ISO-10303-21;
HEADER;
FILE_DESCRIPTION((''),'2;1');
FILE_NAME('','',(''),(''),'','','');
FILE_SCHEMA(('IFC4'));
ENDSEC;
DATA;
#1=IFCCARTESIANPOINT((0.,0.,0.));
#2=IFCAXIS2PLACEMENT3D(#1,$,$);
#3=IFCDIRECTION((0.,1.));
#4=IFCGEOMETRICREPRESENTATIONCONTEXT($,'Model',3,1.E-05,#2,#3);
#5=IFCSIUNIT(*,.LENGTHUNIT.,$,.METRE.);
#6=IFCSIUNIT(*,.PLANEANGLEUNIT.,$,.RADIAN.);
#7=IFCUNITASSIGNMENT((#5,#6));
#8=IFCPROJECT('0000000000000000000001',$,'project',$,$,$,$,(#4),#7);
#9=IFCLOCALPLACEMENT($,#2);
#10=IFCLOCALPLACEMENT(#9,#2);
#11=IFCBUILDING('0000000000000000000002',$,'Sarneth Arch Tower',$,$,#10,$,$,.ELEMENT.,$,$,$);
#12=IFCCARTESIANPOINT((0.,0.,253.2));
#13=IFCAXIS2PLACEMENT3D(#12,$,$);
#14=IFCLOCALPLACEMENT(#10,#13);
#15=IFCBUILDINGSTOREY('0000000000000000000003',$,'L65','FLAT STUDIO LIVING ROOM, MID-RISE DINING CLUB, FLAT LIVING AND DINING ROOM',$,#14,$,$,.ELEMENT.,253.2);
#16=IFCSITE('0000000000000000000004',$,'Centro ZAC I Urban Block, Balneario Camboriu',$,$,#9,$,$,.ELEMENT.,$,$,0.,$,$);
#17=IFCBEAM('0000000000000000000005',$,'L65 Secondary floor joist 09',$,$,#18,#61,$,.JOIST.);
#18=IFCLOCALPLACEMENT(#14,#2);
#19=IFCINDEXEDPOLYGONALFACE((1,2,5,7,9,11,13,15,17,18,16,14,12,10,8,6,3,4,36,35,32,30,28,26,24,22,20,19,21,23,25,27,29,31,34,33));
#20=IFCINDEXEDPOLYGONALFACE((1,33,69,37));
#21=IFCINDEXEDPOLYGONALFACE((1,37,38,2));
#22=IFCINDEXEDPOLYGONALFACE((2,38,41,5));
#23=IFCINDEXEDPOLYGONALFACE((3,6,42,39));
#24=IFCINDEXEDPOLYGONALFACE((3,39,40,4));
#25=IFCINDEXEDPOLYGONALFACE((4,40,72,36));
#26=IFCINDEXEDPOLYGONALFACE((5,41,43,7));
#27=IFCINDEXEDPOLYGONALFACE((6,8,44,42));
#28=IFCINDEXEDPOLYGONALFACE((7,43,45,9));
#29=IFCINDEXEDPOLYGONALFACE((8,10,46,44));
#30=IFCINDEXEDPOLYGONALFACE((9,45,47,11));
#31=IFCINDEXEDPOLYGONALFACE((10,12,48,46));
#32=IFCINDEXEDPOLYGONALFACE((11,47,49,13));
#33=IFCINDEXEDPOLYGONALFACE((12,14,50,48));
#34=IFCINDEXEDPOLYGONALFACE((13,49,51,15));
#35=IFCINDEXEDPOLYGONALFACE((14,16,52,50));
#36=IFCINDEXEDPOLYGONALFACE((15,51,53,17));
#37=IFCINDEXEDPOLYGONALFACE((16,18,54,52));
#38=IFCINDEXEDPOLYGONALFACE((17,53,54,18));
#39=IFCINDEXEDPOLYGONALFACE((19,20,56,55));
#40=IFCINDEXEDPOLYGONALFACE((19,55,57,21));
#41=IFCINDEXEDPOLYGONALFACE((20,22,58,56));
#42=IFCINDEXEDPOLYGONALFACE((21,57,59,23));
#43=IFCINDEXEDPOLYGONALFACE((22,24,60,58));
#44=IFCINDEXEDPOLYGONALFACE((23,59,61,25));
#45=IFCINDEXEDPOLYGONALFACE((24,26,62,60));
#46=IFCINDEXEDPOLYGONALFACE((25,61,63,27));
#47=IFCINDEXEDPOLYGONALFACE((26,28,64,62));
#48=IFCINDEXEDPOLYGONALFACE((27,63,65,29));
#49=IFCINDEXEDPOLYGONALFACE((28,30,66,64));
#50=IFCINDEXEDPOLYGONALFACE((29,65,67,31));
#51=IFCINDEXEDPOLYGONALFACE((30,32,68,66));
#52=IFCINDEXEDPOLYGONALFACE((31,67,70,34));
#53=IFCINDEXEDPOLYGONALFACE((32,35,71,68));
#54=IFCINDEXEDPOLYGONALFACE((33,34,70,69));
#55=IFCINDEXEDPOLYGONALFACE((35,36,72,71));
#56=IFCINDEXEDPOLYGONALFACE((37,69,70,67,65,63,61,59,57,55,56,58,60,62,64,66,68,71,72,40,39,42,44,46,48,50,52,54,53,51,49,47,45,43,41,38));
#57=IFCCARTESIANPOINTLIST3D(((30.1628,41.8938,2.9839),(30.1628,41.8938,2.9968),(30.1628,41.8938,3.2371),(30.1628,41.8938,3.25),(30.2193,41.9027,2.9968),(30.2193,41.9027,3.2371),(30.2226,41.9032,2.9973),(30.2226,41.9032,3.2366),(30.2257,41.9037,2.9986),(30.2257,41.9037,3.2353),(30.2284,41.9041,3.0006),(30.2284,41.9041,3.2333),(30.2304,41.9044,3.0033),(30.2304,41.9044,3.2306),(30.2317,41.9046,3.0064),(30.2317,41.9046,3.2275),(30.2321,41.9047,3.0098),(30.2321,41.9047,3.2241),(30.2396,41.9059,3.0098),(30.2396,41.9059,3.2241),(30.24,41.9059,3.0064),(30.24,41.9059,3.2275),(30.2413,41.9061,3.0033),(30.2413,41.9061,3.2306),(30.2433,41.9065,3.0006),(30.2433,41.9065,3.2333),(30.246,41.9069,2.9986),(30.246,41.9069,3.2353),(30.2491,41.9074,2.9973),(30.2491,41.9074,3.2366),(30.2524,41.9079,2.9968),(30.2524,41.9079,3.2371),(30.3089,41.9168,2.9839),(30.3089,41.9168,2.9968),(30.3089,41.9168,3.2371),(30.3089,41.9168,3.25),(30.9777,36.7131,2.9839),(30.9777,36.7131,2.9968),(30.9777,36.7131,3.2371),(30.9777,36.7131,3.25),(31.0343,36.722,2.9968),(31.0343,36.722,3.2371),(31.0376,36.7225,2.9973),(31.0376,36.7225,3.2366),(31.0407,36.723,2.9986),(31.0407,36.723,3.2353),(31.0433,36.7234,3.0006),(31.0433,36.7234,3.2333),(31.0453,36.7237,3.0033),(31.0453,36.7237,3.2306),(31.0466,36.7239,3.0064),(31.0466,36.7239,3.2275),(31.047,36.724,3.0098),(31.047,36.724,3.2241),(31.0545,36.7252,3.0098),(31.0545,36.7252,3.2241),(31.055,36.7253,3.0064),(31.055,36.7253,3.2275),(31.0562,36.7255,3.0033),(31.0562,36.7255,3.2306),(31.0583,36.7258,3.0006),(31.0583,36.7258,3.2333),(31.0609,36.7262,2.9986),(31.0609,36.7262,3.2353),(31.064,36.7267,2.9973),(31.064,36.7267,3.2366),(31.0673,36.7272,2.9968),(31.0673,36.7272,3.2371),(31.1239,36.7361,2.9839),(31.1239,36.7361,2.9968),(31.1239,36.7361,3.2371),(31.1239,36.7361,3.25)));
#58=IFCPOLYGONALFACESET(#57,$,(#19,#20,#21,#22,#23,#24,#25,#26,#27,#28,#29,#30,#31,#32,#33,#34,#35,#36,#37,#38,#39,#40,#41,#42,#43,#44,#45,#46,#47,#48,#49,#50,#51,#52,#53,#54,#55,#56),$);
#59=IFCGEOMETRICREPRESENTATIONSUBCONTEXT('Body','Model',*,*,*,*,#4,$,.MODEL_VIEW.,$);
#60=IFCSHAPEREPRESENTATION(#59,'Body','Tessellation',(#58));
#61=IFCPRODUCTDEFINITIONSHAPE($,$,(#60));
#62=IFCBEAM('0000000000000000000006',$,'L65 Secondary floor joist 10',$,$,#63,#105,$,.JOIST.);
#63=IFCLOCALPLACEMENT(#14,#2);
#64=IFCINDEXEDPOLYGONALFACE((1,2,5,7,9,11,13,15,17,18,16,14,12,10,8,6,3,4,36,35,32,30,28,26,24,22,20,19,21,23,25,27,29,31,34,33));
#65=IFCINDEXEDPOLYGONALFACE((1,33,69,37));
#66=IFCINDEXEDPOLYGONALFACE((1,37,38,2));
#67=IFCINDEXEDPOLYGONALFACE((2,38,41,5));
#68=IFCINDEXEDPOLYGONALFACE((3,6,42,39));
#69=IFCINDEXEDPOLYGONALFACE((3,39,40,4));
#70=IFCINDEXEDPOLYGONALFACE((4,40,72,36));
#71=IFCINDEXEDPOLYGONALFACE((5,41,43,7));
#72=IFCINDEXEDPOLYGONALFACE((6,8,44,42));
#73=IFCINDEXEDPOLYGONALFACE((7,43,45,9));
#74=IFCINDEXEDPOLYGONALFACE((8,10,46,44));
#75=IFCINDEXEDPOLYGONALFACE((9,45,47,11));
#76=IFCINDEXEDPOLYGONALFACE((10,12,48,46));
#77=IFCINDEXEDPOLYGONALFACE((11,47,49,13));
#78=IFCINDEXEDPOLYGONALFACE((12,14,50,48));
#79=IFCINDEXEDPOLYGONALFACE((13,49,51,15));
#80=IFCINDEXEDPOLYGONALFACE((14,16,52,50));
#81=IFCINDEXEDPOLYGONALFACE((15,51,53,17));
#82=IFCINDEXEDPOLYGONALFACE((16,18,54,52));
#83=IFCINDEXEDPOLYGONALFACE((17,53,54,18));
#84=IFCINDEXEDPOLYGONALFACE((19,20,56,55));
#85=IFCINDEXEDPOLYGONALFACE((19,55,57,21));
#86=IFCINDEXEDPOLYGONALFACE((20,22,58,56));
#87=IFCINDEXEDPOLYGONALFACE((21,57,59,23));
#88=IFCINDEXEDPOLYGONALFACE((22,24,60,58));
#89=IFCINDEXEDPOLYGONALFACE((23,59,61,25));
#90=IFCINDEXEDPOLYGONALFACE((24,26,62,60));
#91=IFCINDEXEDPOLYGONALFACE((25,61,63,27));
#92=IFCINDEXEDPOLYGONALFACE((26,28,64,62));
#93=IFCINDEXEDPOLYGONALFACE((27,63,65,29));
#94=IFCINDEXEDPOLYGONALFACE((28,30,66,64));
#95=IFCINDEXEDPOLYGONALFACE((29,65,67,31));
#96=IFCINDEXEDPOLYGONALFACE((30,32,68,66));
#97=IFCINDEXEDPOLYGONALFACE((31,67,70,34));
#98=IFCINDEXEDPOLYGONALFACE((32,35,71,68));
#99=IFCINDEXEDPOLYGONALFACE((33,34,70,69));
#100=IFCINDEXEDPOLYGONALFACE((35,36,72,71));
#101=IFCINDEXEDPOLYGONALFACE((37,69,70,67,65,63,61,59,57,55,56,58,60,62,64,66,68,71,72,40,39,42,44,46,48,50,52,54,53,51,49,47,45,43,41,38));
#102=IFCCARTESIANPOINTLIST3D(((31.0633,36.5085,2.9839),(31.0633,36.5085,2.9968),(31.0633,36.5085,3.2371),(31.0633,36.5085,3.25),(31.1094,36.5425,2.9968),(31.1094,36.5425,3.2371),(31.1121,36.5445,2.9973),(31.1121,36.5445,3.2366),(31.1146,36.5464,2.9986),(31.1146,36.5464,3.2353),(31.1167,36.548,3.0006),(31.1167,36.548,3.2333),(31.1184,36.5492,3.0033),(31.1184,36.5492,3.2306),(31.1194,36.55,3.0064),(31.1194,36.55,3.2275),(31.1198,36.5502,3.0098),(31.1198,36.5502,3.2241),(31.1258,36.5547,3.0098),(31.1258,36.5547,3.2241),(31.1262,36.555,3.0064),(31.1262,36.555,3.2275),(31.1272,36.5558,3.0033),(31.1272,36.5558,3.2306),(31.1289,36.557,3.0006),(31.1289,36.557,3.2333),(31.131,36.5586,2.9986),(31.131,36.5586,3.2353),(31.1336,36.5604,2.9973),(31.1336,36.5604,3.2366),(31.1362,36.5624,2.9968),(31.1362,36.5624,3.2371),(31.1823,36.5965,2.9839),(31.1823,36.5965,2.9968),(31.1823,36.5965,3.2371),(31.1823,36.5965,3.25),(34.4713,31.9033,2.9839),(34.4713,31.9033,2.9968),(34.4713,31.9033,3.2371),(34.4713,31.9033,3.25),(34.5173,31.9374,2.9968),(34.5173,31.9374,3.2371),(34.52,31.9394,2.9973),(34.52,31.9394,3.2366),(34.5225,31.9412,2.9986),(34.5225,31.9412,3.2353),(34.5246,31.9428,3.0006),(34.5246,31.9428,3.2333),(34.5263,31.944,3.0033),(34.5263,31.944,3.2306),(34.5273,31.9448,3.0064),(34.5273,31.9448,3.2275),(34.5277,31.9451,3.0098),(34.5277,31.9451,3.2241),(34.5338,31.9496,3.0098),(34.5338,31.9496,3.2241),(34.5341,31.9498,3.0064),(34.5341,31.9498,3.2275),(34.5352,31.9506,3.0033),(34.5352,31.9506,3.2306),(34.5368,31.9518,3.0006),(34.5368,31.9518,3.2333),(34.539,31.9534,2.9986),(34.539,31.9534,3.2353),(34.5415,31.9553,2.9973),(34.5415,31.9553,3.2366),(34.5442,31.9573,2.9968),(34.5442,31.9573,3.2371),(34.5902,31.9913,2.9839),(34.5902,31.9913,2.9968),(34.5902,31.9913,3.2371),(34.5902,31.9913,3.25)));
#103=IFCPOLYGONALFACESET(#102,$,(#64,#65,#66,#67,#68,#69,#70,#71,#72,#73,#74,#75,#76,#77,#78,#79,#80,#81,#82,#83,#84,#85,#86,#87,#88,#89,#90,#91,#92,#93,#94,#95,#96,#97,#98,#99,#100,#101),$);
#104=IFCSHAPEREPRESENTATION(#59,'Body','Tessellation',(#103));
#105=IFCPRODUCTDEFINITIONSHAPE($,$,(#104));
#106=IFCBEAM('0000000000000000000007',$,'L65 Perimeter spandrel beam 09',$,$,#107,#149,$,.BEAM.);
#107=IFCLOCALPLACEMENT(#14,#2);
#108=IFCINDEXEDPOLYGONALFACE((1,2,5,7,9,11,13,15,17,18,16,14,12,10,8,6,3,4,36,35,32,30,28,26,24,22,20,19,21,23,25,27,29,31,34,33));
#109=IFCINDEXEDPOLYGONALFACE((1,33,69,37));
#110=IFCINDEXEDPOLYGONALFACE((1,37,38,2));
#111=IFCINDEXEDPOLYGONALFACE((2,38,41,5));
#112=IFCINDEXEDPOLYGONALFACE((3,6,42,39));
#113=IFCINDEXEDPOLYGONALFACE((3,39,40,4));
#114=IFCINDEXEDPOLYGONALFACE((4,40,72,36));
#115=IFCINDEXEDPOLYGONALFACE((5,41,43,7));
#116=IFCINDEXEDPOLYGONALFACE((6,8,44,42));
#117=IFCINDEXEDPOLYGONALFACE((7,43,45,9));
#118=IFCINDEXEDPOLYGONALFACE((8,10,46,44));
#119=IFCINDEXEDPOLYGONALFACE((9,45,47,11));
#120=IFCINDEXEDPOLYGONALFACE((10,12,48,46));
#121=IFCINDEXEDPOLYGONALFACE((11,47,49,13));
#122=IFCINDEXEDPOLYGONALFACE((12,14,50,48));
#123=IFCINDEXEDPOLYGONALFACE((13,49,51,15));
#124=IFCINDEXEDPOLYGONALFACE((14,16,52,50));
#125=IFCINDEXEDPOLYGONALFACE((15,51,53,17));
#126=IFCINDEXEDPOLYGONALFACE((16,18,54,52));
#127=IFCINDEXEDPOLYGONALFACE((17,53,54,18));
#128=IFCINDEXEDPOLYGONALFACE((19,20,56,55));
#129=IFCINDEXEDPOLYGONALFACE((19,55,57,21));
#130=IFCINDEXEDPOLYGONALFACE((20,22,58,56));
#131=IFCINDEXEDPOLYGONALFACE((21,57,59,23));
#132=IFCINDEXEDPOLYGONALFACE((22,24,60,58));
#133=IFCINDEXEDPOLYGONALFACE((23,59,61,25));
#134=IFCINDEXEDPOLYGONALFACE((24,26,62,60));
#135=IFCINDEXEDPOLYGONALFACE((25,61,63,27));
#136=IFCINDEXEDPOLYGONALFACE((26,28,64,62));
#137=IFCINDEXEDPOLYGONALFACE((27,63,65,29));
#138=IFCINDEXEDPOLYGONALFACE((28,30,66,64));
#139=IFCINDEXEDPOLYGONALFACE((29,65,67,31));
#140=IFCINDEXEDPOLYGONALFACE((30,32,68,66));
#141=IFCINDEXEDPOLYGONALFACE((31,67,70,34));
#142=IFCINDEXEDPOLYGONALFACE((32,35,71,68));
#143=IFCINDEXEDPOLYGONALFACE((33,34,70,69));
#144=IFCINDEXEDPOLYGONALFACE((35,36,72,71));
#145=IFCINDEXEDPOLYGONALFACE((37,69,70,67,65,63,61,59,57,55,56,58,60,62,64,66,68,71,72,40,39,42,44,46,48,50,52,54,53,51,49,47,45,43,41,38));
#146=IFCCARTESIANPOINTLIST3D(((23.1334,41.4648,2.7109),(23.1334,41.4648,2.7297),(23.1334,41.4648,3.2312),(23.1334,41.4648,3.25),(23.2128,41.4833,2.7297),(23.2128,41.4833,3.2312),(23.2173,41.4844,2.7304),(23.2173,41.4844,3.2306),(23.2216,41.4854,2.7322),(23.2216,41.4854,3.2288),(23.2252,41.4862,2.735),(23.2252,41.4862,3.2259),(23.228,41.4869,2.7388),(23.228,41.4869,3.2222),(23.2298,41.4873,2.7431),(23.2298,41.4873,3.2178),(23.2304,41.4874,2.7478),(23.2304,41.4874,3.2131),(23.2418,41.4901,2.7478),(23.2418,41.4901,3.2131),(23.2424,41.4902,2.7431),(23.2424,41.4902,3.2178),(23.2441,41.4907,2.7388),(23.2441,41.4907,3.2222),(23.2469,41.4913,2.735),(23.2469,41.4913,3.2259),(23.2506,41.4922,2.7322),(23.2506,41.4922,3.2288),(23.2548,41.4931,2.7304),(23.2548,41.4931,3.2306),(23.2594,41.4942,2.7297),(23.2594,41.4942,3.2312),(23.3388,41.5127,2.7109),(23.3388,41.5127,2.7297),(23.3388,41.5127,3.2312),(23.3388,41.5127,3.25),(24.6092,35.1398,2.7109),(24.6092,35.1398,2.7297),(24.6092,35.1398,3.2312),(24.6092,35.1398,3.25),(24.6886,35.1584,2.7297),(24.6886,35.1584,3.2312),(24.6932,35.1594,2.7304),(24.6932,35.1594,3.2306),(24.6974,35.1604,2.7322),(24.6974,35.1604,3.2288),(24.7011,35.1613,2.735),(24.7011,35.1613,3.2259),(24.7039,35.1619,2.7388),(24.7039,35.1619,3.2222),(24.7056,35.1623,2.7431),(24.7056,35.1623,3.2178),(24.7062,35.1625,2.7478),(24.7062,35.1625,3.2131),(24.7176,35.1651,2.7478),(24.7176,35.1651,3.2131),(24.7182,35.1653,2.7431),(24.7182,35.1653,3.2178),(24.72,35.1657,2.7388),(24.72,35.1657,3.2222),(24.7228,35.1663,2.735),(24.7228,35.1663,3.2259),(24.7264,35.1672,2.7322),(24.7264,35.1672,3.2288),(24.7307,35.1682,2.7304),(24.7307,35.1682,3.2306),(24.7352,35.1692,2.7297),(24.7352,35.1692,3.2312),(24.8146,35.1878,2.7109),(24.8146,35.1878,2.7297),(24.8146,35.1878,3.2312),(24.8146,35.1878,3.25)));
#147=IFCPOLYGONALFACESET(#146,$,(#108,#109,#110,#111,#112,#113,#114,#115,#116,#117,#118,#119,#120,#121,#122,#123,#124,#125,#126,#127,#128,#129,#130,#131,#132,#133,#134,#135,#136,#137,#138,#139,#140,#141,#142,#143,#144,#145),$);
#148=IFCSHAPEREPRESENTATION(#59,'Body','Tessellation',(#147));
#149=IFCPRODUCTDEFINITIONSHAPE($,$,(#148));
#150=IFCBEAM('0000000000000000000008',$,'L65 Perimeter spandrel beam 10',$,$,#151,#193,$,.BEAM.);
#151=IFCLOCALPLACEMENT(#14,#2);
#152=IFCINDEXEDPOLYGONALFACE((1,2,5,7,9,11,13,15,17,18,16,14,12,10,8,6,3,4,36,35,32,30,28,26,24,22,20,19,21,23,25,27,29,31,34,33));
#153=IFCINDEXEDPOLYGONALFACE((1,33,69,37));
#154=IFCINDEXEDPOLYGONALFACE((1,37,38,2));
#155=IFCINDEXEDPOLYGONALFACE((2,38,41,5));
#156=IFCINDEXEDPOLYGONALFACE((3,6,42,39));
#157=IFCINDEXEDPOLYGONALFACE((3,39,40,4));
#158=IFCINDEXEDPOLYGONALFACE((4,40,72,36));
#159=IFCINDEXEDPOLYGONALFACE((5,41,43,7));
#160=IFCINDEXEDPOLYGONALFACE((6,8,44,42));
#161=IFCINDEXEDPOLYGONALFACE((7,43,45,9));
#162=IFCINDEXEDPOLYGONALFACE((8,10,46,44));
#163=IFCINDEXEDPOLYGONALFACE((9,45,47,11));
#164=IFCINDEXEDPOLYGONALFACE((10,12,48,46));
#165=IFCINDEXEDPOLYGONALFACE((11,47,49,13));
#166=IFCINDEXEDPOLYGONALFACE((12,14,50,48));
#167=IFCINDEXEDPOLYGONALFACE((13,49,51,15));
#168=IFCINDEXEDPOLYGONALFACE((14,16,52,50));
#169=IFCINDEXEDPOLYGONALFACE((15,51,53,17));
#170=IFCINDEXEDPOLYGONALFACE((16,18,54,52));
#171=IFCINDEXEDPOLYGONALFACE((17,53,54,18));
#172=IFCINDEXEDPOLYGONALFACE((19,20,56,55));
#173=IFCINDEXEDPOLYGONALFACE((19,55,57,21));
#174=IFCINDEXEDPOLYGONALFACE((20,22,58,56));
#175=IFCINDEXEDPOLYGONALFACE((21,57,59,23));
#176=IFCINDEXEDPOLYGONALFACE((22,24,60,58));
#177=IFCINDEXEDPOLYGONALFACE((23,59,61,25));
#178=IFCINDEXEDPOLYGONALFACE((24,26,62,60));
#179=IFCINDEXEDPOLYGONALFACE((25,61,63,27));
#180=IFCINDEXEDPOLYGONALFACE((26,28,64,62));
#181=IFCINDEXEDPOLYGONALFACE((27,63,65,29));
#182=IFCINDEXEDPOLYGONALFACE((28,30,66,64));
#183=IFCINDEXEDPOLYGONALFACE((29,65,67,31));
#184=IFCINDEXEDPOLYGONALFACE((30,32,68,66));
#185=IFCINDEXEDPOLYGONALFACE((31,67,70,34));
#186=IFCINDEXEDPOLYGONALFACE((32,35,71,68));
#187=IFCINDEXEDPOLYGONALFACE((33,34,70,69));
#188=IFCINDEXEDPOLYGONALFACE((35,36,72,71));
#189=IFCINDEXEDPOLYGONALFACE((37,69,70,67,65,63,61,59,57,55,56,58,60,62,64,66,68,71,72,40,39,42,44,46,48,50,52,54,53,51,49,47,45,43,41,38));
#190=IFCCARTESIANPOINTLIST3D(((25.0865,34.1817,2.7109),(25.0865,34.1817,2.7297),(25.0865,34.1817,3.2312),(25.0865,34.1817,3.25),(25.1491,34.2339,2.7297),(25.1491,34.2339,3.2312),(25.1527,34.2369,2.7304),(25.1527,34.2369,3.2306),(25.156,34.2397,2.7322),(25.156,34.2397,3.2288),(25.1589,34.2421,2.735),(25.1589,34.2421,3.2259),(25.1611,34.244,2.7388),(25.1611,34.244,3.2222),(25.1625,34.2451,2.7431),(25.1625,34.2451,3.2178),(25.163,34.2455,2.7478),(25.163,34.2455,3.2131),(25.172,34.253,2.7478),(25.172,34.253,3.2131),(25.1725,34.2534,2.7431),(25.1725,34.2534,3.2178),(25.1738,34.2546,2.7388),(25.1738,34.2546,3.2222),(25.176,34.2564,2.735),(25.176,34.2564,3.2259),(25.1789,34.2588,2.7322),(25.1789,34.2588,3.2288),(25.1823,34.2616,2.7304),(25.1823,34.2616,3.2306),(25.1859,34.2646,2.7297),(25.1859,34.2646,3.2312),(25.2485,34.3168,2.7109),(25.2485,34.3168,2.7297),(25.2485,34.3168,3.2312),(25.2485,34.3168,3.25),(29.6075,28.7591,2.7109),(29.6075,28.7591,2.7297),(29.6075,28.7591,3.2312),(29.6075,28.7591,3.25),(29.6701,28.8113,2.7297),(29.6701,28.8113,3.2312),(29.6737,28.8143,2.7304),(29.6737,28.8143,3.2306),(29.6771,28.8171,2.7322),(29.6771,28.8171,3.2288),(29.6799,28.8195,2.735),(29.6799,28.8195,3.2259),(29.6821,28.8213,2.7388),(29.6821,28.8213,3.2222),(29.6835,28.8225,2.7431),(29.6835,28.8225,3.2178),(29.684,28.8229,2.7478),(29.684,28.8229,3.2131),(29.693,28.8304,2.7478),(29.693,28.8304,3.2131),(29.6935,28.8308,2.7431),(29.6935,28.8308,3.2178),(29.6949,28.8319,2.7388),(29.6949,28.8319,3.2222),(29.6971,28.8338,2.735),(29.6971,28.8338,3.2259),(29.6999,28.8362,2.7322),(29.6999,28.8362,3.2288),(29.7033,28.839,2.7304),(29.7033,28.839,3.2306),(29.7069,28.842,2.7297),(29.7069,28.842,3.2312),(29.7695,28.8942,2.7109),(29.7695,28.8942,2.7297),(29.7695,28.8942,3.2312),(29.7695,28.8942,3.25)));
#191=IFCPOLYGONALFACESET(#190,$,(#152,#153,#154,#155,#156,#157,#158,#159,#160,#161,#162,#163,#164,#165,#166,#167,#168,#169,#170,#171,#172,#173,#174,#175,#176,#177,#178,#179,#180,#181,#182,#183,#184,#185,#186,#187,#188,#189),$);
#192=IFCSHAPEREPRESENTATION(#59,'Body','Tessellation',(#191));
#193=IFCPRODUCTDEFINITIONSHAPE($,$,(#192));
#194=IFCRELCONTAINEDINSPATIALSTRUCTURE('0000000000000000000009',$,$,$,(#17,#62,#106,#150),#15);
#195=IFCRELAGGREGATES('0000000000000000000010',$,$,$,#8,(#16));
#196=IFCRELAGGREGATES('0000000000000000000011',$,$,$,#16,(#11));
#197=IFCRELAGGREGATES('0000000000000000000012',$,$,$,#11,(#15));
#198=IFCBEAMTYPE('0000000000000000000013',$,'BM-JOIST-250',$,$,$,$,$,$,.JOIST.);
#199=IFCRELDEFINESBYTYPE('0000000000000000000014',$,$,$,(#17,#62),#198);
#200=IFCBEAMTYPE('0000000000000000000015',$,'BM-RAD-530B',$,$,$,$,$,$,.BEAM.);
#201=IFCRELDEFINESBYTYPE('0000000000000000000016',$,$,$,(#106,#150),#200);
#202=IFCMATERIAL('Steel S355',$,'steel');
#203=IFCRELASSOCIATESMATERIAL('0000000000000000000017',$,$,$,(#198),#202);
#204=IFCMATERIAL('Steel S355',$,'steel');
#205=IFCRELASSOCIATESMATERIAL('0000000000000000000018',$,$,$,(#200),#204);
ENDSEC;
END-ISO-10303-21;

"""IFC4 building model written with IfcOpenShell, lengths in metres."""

from ifc_helpers import new_model, si_unit, direction, frame, origin, origin_2d, place, context, subcontext, project, spatial, i_section, extrude, material, material_profile, profile_set, type_object, element, save


model = new_model("IFC4")

# Units and contexts
model_context = context("Model", 3, precision=1e-05, world=origin(), true_north=direction((0.0, 1.0)))
body_context = subcontext(model_context, "Body", "Model", "MODEL_VIEW")
ifc_project = project(units=[si_unit("LENGTHUNIT", "METRE"), si_unit("PLANEANGLEUNIT", "RADIAN")], contexts=[model_context])

# Site, building, storey
site_placement = place(None, origin())
site = spatial("IfcSite", under=ifc_project, at=site_placement, Name="Centro ZAC I Urban Block, Balneario Camboriu", CompositionType="ELEMENT", RefElevation=0.0)
building_placement = place(site_placement, origin())
building = spatial("IfcBuilding", under=site, at=building_placement, Name="Sarneth Arch Tower", CompositionType="ELEMENT")
storey_placement = place(building_placement, frame((0.0, 0.0, 253.2)))
storey = spatial("IfcBuildingStorey", under=building, at=storey_placement, Name="L65", Description="FLAT STUDIO LIVING ROOM, MID-RISE DINING CLUB, FLAT LIVING AND DINING ROOM", CompositionType="ELEMENT", Elevation=253.2)

# Beams
ifc_material_1 = material(Name="Steel S355", Category="steel")
ifc_material_profile_1 = material_profile(ifc_material_1, i_section(OverallWidth=0.1479, OverallDepth=0.2661, WebThickness=0.0076, FlangeThickness=0.0129, FilletRadius=0.0129, at=origin_2d()), Name="W250x44.8")
ifc_profile_set_1 = profile_set([ifc_material_profile_1], Name="Steel S355")
beam_type_1 = type_object("IfcBeamType", Name="BM-JOIST-250", PredefinedType="JOIST", material=ifc_profile_set_1)
beam_1_placement = place(storey_placement, frame((30.2358, 41.9053, 3.1169), z_axis=(0.155394, -0.987853, 0.0), x_axis=(0.987853, 0.155394, 0.0)))
element("IfcBeam", 1, at=beam_1_placement, inside=storey, type_object=beam_type_1, Name="L65 Secondary floor joist 09", PredefinedType="JOIST", context=body_context, shape_type="SweptSolid", body=[
    extrude(i_section(OverallWidth=0.1479, OverallDepth=0.2661, WebThickness=0.0076, FlangeThickness=0.0129, FilletRadius=0.0129, at=origin_2d()), origin(), (0.0, 0.0, 1.0), 5.2444),
])
beam_2_placement = place(storey_placement, frame((31.1228, 36.5525, 3.1169), z_axis=(0.594853, -0.803834, 0.0), x_axis=(0.803834, 0.594853, 0.0)))
element("IfcBeam", 2, at=beam_2_placement, inside=storey, type_object=beam_type_1, Name="L65 Secondary floor joist 10", PredefinedType="JOIST", context=body_context, shape_type="SweptSolid", body=[
    extrude(i_section(OverallWidth=0.1479, OverallDepth=0.2661, WebThickness=0.0076, FlangeThickness=0.0129, FilletRadius=0.0129, at=origin_2d()), origin(), (0.0, 0.0, 1.0), 5.729),
])
ifc_material_2 = material(Name="Steel S355", Category="steel")
ifc_material_profile_2 = material_profile(ifc_material_2, i_section(OverallWidth=0.2109, OverallDepth=0.5391, WebThickness=0.0117, FlangeThickness=0.0188, FilletRadius=0.0181, at=origin_2d()), Name="W530x109")
ifc_profile_set_2 = profile_set([ifc_material_profile_2], Name="Steel S355")
beam_type_2 = type_object("IfcBeamType", Name="BM-RAD-530B", PredefinedType="BEAM", material=ifc_profile_set_2)
beam_3_placement = place(storey_placement, frame((23.2361, 41.4888, 2.9805), z_axis=(0.227231, -0.973841, 0.0), x_axis=(0.973841, 0.227231, 0.0)))
element("IfcBeam", 3, at=beam_3_placement, inside=storey, type_object=beam_type_2, Name="L65 Perimeter spandrel beam 09", PredefinedType="BEAM", context=body_context, shape_type="SweptSolid", body=[
    extrude(i_section(OverallWidth=0.2109, OverallDepth=0.5391, WebThickness=0.0117, FlangeThickness=0.0188, FilletRadius=0.0181, at=origin_2d()), origin(), (0.0, 0.0, 1.0), 6.4949),
])
beam_4_placement = place(storey_placement, frame((25.1675, 34.2493, 2.9805), z_axis=(0.640365, -0.768071, 0.0), x_axis=(0.768071, 0.640365, 0.0)))
element("IfcBeam", 4, at=beam_4_placement, inside=storey, type_object=beam_type_2, Name="L65 Perimeter spandrel beam 10", PredefinedType="BEAM", context=body_context, shape_type="SweptSolid", body=[
    extrude(i_section(OverallWidth=0.2109, OverallDepth=0.5391, WebThickness=0.0117, FlangeThickness=0.0188, FilletRadius=0.0181, at=origin_2d()), origin(), (0.0, 0.0, 1.0), 7.0601),
])

save(model, "model.ifc")
